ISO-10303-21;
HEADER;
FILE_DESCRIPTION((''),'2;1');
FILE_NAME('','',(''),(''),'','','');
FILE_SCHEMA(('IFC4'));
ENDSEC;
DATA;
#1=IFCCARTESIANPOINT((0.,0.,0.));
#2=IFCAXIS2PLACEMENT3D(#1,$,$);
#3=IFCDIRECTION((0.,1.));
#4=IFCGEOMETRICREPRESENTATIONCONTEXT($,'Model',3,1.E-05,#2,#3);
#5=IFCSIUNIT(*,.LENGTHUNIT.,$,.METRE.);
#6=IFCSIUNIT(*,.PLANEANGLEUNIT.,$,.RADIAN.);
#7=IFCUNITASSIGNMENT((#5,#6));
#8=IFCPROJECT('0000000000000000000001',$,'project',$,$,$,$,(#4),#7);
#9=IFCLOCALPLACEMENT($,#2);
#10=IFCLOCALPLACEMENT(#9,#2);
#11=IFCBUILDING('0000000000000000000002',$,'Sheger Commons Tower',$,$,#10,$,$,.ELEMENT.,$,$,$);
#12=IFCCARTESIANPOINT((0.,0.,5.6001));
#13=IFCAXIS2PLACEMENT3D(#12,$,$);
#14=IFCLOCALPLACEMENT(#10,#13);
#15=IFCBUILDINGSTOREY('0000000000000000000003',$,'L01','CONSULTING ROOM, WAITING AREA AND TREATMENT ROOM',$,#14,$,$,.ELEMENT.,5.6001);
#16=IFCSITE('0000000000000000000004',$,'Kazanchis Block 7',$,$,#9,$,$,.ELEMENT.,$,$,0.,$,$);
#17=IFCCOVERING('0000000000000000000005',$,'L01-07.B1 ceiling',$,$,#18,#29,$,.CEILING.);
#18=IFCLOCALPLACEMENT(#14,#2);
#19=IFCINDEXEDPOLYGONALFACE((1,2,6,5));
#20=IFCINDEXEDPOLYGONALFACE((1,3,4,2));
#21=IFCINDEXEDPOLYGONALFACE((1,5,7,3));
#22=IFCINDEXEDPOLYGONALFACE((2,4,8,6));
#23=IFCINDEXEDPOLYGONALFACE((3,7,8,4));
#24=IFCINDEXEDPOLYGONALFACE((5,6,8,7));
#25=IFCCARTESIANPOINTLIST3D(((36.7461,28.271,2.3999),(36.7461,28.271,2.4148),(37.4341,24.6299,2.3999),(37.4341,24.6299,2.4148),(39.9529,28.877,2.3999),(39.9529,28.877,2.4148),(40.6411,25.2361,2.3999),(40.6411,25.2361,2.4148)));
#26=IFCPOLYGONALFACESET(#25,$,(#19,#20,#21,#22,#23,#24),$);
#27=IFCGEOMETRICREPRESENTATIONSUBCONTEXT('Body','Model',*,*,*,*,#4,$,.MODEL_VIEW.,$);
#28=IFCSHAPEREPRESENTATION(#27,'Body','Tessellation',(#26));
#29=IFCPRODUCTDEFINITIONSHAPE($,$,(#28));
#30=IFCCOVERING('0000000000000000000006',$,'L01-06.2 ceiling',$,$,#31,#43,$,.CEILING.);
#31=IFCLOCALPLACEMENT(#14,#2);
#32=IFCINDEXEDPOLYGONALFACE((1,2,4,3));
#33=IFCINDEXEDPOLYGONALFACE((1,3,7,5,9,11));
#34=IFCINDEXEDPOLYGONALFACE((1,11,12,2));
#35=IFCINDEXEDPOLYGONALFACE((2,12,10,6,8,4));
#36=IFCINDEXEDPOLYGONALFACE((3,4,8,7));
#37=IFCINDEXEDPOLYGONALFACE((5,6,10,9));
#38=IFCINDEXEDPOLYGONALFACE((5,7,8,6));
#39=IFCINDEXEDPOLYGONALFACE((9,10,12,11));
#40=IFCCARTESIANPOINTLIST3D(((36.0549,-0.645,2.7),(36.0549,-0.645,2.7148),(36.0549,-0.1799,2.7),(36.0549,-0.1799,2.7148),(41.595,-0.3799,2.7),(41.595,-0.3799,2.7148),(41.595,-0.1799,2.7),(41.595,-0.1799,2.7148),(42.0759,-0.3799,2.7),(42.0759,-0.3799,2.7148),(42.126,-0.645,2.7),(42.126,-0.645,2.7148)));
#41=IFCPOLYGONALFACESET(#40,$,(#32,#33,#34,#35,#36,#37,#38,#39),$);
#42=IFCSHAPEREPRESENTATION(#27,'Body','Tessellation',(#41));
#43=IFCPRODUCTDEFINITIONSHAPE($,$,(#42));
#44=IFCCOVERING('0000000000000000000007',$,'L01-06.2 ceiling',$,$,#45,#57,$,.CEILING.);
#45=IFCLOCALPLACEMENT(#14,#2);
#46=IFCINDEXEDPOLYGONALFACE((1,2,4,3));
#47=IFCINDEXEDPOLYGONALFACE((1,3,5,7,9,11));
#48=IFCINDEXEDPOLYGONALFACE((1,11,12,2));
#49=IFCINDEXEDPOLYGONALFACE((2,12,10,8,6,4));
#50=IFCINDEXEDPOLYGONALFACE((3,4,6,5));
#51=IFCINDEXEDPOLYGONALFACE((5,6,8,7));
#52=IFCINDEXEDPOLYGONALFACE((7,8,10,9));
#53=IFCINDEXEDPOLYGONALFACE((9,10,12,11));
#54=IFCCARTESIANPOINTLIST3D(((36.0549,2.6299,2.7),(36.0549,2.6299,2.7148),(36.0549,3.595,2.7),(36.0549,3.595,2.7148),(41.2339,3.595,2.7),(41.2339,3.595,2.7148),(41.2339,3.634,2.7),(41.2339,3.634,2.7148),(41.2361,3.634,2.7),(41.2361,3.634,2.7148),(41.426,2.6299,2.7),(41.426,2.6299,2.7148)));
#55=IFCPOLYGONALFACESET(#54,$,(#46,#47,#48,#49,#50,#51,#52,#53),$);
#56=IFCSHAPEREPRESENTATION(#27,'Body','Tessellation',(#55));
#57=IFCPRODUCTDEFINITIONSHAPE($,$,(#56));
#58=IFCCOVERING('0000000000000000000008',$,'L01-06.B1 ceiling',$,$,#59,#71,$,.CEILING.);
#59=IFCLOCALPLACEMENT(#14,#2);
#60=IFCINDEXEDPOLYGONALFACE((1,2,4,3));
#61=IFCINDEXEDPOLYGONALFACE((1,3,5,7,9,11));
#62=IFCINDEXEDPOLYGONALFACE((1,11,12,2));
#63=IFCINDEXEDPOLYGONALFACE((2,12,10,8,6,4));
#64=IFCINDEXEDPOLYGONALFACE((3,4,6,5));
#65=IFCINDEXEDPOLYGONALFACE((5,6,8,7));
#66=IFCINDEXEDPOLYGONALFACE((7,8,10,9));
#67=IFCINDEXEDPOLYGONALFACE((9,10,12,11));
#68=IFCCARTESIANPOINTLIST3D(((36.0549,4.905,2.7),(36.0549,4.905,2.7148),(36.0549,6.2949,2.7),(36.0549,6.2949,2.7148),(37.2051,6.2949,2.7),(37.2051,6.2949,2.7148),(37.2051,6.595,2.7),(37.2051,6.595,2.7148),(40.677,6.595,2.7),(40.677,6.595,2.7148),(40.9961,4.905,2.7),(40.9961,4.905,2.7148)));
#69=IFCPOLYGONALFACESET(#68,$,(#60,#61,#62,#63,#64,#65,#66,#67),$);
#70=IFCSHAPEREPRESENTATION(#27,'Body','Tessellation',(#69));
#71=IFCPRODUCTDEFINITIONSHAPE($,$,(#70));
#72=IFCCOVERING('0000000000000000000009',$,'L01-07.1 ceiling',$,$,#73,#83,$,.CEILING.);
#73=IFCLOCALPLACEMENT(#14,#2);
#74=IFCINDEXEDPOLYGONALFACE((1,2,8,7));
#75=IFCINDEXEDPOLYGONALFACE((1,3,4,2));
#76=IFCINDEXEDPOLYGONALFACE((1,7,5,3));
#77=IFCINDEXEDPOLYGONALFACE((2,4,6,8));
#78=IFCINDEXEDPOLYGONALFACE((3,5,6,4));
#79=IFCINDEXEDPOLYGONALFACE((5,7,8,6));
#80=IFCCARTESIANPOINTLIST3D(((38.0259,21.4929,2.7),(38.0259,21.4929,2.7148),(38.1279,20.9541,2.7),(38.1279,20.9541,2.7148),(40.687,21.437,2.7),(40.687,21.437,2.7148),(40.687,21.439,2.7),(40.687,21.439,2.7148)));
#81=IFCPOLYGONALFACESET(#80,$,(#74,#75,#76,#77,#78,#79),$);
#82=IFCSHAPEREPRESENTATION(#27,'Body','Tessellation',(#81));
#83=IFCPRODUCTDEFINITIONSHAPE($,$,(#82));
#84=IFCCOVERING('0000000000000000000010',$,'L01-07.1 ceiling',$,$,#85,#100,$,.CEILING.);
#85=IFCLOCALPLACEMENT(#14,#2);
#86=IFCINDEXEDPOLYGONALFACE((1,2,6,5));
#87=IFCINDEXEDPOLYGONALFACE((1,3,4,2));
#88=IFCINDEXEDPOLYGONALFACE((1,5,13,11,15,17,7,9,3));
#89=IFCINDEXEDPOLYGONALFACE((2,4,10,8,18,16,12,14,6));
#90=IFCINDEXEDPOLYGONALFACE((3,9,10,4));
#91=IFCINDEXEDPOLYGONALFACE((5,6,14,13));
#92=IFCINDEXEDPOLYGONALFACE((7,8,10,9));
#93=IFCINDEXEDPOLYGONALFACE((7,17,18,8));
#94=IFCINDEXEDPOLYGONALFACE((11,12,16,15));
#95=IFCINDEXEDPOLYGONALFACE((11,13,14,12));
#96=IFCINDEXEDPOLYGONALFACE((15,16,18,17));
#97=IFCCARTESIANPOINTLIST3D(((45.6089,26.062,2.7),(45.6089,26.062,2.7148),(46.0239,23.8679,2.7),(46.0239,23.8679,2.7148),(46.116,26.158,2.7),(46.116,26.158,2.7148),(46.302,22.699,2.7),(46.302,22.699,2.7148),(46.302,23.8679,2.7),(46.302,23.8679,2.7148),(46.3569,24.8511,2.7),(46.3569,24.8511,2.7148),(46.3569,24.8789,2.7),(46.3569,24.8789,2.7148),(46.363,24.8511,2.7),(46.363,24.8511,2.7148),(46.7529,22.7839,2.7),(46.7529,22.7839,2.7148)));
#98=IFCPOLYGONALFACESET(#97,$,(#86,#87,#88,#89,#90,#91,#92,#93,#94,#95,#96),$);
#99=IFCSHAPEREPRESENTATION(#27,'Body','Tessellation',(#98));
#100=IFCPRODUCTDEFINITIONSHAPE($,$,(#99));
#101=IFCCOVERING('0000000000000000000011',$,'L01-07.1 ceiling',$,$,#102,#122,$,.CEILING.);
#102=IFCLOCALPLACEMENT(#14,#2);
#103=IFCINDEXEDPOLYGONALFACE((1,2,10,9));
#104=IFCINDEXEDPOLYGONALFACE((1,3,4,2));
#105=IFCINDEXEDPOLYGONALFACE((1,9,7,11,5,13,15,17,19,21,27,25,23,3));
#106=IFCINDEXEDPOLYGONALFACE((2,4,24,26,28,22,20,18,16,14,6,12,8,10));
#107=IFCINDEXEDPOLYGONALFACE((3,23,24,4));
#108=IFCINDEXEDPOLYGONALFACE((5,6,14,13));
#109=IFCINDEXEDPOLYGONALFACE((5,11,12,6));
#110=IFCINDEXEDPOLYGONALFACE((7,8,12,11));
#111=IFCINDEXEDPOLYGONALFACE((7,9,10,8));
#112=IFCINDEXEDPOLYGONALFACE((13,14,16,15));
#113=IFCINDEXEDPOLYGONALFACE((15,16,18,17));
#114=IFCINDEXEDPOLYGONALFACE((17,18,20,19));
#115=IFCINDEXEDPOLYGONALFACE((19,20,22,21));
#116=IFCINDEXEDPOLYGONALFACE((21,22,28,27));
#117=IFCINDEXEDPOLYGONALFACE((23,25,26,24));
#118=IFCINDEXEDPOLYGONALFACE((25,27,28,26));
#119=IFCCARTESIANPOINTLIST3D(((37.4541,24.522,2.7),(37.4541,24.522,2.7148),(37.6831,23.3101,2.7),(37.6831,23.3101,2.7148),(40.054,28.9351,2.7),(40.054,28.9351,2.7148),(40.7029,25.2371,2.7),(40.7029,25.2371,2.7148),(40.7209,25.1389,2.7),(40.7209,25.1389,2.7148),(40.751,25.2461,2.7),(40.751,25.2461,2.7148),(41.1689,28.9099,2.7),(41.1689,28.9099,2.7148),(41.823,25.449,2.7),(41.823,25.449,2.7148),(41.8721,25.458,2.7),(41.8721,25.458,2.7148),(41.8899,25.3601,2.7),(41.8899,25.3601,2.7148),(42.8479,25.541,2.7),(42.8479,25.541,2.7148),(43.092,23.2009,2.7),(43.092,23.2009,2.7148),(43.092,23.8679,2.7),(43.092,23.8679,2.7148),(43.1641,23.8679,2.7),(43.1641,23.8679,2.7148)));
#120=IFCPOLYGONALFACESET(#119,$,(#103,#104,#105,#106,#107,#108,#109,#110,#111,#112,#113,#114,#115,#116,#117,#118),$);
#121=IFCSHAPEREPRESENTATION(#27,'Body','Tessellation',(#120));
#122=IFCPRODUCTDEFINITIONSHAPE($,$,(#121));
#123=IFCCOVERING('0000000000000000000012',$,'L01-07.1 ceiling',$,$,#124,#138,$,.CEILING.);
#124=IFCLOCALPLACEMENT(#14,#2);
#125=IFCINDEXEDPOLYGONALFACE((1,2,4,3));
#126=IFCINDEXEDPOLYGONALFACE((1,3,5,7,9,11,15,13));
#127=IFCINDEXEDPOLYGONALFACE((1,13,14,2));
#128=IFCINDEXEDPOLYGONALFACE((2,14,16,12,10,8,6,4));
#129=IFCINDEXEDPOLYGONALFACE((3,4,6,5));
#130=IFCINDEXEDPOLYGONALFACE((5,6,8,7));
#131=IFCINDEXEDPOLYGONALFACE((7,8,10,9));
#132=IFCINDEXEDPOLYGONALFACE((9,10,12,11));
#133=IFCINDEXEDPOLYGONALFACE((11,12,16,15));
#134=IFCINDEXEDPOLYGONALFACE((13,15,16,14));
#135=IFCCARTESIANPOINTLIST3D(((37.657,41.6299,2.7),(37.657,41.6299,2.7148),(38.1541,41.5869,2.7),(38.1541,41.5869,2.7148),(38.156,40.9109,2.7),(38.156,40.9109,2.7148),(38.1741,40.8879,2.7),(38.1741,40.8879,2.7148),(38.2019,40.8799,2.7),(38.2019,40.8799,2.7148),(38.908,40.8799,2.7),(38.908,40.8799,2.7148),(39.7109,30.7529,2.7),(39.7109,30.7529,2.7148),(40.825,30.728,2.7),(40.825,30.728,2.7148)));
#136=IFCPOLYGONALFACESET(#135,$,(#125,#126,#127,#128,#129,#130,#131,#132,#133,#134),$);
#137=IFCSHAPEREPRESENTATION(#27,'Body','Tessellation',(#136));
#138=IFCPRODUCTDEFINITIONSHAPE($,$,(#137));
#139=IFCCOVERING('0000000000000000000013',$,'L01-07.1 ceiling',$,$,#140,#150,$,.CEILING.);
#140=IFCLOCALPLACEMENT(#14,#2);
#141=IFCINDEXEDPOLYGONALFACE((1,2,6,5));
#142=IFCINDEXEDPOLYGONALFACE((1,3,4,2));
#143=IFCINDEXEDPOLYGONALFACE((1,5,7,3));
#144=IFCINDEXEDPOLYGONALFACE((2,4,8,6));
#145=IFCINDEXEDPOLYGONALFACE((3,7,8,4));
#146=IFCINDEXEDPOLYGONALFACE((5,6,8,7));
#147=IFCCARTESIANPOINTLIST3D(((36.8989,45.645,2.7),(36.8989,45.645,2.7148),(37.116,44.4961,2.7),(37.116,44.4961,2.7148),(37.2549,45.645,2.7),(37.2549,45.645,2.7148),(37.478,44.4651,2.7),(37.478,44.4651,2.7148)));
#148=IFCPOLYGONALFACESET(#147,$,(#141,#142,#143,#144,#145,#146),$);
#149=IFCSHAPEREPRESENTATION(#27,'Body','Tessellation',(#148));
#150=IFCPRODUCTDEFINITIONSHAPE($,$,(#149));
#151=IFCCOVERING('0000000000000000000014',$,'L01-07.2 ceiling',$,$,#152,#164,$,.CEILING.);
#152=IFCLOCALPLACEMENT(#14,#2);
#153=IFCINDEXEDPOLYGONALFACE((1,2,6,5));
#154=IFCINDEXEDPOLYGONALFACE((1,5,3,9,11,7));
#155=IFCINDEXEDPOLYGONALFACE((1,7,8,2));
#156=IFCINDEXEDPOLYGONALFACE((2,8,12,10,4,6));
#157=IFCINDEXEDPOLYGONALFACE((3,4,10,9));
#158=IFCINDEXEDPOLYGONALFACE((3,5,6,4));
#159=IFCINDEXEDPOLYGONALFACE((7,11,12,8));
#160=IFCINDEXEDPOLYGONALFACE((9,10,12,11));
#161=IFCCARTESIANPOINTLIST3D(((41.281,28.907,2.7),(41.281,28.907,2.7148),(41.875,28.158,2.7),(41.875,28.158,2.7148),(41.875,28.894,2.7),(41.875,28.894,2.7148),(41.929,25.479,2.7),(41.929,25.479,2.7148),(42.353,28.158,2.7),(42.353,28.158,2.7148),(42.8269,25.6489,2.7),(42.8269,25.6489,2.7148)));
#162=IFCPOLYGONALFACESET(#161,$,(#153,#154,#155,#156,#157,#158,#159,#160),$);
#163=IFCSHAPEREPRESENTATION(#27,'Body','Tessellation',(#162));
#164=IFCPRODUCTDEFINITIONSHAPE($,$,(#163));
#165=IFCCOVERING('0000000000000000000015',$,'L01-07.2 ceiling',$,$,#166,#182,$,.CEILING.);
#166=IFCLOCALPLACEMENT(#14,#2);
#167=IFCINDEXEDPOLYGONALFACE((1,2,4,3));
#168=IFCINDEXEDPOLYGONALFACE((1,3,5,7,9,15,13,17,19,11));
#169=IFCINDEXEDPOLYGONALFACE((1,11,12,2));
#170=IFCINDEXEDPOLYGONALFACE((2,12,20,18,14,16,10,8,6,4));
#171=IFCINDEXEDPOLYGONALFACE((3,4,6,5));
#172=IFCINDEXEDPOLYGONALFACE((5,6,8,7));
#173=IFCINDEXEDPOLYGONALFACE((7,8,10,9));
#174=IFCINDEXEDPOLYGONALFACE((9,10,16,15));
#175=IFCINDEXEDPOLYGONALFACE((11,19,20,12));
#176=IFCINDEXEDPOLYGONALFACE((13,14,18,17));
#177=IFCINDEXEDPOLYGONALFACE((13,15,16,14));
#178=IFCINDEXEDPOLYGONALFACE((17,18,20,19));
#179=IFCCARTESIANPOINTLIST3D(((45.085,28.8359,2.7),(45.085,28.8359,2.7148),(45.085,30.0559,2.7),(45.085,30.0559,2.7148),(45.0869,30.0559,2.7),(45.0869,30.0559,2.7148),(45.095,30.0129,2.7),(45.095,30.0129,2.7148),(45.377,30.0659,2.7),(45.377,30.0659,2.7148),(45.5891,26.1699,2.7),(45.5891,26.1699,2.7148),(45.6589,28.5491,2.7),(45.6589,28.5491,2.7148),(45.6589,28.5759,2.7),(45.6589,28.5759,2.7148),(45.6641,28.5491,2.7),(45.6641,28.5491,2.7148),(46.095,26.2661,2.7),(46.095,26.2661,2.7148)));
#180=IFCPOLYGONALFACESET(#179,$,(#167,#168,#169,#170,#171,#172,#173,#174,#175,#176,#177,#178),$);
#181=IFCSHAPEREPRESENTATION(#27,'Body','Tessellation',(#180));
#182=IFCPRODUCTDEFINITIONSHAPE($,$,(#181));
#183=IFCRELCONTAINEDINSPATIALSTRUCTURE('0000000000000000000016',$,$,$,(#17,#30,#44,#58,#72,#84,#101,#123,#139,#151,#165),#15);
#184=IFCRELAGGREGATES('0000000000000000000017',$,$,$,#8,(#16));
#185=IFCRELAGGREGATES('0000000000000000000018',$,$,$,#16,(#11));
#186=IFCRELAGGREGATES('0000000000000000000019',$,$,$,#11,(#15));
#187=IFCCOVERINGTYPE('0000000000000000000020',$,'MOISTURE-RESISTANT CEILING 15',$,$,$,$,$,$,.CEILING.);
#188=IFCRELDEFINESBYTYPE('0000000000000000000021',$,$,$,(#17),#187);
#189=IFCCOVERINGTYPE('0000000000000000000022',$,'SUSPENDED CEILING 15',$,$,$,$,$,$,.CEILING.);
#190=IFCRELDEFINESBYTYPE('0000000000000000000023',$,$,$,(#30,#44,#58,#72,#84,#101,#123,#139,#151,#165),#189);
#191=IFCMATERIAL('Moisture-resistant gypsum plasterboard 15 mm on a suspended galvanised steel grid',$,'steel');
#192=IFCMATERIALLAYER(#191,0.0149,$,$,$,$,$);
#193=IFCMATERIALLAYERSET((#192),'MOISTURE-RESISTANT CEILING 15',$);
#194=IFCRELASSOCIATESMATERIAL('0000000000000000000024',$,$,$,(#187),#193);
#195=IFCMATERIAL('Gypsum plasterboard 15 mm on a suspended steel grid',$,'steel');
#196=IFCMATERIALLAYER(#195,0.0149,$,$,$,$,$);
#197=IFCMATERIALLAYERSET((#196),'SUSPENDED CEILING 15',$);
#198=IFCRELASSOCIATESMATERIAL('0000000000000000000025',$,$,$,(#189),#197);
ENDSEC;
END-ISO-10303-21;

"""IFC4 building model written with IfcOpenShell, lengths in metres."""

from ifc_helpers import new_model, si_unit, direction, frame, origin, place, context, subcontext, project, spatial, polyline, outline, extrude, material, layer, layer_set, type_object, element, save


model = new_model("IFC4")

# Units and contexts
model_context = context("Model", 3, precision=1e-05, world=origin(), true_north=direction((0.0, 1.0)))
body_context = subcontext(model_context, "Body", "Model", "MODEL_VIEW")
ifc_project = project(units=[si_unit("LENGTHUNIT", "METRE"), si_unit("PLANEANGLEUNIT", "RADIAN")], contexts=[model_context])

# Site, building, storey
site_placement = place(None, origin())
site = spatial("IfcSite", under=ifc_project, at=site_placement, Name="Kazanchis Block 7", CompositionType="ELEMENT", RefElevation=0.0)
building_placement = place(site_placement, origin())
building = spatial("IfcBuilding", under=site, at=building_placement, Name="Sheger Commons Tower", CompositionType="ELEMENT")
storey_placement = place(building_placement, frame((0.0, 0.0, 5.6001)))
storey = spatial("IfcBuildingStorey", under=building, at=storey_placement, Name="L01", Description="CONSULTING ROOM, WAITING AREA AND TREATMENT ROOM", CompositionType="ELEMENT", Elevation=5.6001)

# Coverings
ifc_material_1 = material(Name="Moisture-resistant gypsum plasterboard 15 mm on a suspended galvanised steel grid", Category="steel")
ifc_layer_1 = layer(ifc_material_1, 0.0149)
ifc_layer_set_1 = layer_set([ifc_layer_1], Name="MOISTURE-RESISTANT CEILING 15")
covering_type_1 = type_object("IfcCoveringType", Name="MOISTURE-RESISTANT CEILING 15", PredefinedType="CEILING", material=ifc_layer_set_1)
covering_1_placement = place(storey_placement, frame((0.0, 0.0, 2.3999)))
element("IfcCovering", 1, at=covering_1_placement, inside=storey, type_object=covering_type_1, Name="L01-07.B1 ceiling", PredefinedType="CEILING", context=body_context, shape_type="SweptSolid", body=[
    extrude(outline(polyline([(37.4341, 24.6299), (40.6411, 25.2361), (39.9529, 28.877), (36.7461, 28.271), (37.4341, 24.6299)])), origin(), (0.0, 0.0, 1.0), 0.0149),
])
ifc_material_2 = material(Name="Gypsum plasterboard 15 mm on a suspended steel grid", Category="steel")
ifc_layer_2 = layer(ifc_material_2, 0.0149)
ifc_layer_set_2 = layer_set([ifc_layer_2], Name="SUSPENDED CEILING 15")
covering_type_2 = type_object("IfcCoveringType", Name="SUSPENDED CEILING 15", PredefinedType="CEILING", material=ifc_layer_set_2)
covering_2_placement = place(storey_placement, frame((0.0, 0.0, 2.7)))
element("IfcCovering", 2, at=covering_2_placement, inside=storey, type_object=covering_type_2, Name="L01-06.2 ceiling", PredefinedType="CEILING", context=body_context, shape_type="SweptSolid", body=[
    extrude(outline(polyline([(36.0549, -0.645), (42.126, -0.645), (42.0759, -0.3799), (41.595, -0.3799), (41.595, -0.1799), (36.0549, -0.1799), (36.0549, -0.645)])), origin(), (0.0, 0.0, 1.0), 0.0149),
])
covering_3_placement = place(storey_placement, frame((0.0, 0.0, 2.7)))
element("IfcCovering", 3, at=covering_3_placement, inside=storey, type_object=covering_type_2, Name="L01-06.2 ceiling", PredefinedType="CEILING", context=body_context, shape_type="SweptSolid", body=[
    extrude(outline(polyline([(36.0549, 2.6299), (41.426, 2.6299), (41.2361, 3.634), (41.2339, 3.634), (41.2339, 3.595), (36.0549, 3.595), (36.0549, 2.6299)])), origin(), (0.0, 0.0, 1.0), 0.0149),
])
covering_4_placement = place(storey_placement, frame((0.0, 0.0, 2.7)))
element("IfcCovering", 4, at=covering_4_placement, inside=storey, type_object=covering_type_2, Name="L01-06.B1 ceiling", PredefinedType="CEILING", context=body_context, shape_type="SweptSolid", body=[
    extrude(outline(polyline([(36.0549, 4.905), (40.9961, 4.905), (40.677, 6.595), (37.2051, 6.595), (37.2051, 6.2949), (36.0549, 6.2949), (36.0549, 4.905)])), origin(), (0.0, 0.0, 1.0), 0.0149),
])
covering_5_placement = place(storey_placement, frame((0.0, 0.0, 2.7)))
element("IfcCovering", 5, at=covering_5_placement, inside=storey, type_object=covering_type_2, Name="L01-07.1 ceiling", PredefinedType="CEILING", context=body_context, shape_type="SweptSolid", body=[
    extrude(outline(polyline([(38.1279, 20.9541), (40.687, 21.437), (40.687, 21.439), (38.0259, 21.4929), (38.1279, 20.9541)])), origin(), (0.0, 0.0, 1.0), 0.0149),
])
covering_6_placement = place(storey_placement, frame((0.0, 0.0, 2.7)))
element("IfcCovering", 6, at=covering_6_placement, inside=storey, type_object=covering_type_2, Name="L01-07.1 ceiling", PredefinedType="CEILING", context=body_context, shape_type="SweptSolid", body=[
    extrude(outline(polyline([(46.302, 22.699), (46.7529, 22.7839), (46.363, 24.8511), (46.3569, 24.8511), (46.3569, 24.8789), (46.116, 26.158), (45.6089, 26.062), (46.0239, 23.8679), (46.302, 23.8679), (46.302, 22.699)])), origin(), (0.0, 0.0, 1.0), 0.0149),
])
covering_7_placement = place(storey_placement, frame((0.0, 0.0, 2.7)))
element("IfcCovering", 7, at=covering_7_placement, inside=storey, type_object=covering_type_2, Name="L01-07.1 ceiling", PredefinedType="CEILING", context=body_context, shape_type="SweptSolid", body=[
    extrude(outline(polyline([(43.092, 23.2009), (43.092, 23.8679), (43.1641, 23.8679), (42.8479, 25.541), (41.8899, 25.3601), (41.8721, 25.458), (41.823, 25.449), (41.1689, 28.9099), (40.054, 28.9351), (40.751, 25.2461), (40.7029, 25.2371), (40.7209, 25.1389), (37.4541, 24.522), (37.6831, 23.3101), (43.092, 23.2009)])), origin(), (0.0, 0.0, 1.0), 0.0149),
])
covering_8_placement = place(storey_placement, frame((0.0, 0.0, 2.7)))
element("IfcCovering", 8, at=covering_8_placement, inside=storey, type_object=covering_type_2, Name="L01-07.1 ceiling", PredefinedType="CEILING", context=body_context, shape_type="SweptSolid", body=[
    extrude(outline(polyline([(40.825, 30.728), (38.908, 40.8799), (38.2019, 40.8799), (38.1741, 40.8879), (38.156, 40.9109), (38.1541, 41.5869), (37.657, 41.6299), (39.7109, 30.7529), (40.825, 30.728)])), origin(), (0.0, 0.0, 1.0), 0.0149),
])
covering_9_placement = place(storey_placement, frame((0.0, 0.0, 2.7)))
element("IfcCovering", 9, at=covering_9_placement, inside=storey, type_object=covering_type_2, Name="L01-07.1 ceiling", PredefinedType="CEILING", context=body_context, shape_type="SweptSolid", body=[
    extrude(outline(polyline([(37.478, 44.4651), (37.2549, 45.645), (36.8989, 45.645), (37.116, 44.4961), (37.478, 44.4651)])), origin(), (0.0, 0.0, 1.0), 0.0149),
])
covering_10_placement = place(storey_placement, frame((0.0, 0.0, 2.7)))
element("IfcCovering", 10, at=covering_10_placement, inside=storey, type_object=covering_type_2, Name="L01-07.2 ceiling", PredefinedType="CEILING", context=body_context, shape_type="SweptSolid", body=[
    extrude(outline(polyline([(41.929, 25.479), (42.8269, 25.6489), (42.353, 28.158), (41.875, 28.158), (41.875, 28.894), (41.281, 28.907), (41.929, 25.479)])), origin(), (0.0, 0.0, 1.0), 0.0149),
])
covering_11_placement = place(storey_placement, frame((0.0, 0.0, 2.7)))
element("IfcCovering", 11, at=covering_11_placement, inside=storey, type_object=covering_type_2, Name="L01-07.2 ceiling", PredefinedType="CEILING", context=body_context, shape_type="SweptSolid", body=[
    extrude(outline(polyline([(45.5891, 26.1699), (46.095, 26.2661), (45.6641, 28.5491), (45.6589, 28.5491), (45.6589, 28.5759), (45.377, 30.0659), (45.095, 30.0129), (45.0869, 30.0559), (45.085, 30.0559), (45.085, 28.8359), (45.5891, 26.1699)])), origin(), (0.0, 0.0, 1.0), 0.0149),
])

save(model, "model.ifc")
